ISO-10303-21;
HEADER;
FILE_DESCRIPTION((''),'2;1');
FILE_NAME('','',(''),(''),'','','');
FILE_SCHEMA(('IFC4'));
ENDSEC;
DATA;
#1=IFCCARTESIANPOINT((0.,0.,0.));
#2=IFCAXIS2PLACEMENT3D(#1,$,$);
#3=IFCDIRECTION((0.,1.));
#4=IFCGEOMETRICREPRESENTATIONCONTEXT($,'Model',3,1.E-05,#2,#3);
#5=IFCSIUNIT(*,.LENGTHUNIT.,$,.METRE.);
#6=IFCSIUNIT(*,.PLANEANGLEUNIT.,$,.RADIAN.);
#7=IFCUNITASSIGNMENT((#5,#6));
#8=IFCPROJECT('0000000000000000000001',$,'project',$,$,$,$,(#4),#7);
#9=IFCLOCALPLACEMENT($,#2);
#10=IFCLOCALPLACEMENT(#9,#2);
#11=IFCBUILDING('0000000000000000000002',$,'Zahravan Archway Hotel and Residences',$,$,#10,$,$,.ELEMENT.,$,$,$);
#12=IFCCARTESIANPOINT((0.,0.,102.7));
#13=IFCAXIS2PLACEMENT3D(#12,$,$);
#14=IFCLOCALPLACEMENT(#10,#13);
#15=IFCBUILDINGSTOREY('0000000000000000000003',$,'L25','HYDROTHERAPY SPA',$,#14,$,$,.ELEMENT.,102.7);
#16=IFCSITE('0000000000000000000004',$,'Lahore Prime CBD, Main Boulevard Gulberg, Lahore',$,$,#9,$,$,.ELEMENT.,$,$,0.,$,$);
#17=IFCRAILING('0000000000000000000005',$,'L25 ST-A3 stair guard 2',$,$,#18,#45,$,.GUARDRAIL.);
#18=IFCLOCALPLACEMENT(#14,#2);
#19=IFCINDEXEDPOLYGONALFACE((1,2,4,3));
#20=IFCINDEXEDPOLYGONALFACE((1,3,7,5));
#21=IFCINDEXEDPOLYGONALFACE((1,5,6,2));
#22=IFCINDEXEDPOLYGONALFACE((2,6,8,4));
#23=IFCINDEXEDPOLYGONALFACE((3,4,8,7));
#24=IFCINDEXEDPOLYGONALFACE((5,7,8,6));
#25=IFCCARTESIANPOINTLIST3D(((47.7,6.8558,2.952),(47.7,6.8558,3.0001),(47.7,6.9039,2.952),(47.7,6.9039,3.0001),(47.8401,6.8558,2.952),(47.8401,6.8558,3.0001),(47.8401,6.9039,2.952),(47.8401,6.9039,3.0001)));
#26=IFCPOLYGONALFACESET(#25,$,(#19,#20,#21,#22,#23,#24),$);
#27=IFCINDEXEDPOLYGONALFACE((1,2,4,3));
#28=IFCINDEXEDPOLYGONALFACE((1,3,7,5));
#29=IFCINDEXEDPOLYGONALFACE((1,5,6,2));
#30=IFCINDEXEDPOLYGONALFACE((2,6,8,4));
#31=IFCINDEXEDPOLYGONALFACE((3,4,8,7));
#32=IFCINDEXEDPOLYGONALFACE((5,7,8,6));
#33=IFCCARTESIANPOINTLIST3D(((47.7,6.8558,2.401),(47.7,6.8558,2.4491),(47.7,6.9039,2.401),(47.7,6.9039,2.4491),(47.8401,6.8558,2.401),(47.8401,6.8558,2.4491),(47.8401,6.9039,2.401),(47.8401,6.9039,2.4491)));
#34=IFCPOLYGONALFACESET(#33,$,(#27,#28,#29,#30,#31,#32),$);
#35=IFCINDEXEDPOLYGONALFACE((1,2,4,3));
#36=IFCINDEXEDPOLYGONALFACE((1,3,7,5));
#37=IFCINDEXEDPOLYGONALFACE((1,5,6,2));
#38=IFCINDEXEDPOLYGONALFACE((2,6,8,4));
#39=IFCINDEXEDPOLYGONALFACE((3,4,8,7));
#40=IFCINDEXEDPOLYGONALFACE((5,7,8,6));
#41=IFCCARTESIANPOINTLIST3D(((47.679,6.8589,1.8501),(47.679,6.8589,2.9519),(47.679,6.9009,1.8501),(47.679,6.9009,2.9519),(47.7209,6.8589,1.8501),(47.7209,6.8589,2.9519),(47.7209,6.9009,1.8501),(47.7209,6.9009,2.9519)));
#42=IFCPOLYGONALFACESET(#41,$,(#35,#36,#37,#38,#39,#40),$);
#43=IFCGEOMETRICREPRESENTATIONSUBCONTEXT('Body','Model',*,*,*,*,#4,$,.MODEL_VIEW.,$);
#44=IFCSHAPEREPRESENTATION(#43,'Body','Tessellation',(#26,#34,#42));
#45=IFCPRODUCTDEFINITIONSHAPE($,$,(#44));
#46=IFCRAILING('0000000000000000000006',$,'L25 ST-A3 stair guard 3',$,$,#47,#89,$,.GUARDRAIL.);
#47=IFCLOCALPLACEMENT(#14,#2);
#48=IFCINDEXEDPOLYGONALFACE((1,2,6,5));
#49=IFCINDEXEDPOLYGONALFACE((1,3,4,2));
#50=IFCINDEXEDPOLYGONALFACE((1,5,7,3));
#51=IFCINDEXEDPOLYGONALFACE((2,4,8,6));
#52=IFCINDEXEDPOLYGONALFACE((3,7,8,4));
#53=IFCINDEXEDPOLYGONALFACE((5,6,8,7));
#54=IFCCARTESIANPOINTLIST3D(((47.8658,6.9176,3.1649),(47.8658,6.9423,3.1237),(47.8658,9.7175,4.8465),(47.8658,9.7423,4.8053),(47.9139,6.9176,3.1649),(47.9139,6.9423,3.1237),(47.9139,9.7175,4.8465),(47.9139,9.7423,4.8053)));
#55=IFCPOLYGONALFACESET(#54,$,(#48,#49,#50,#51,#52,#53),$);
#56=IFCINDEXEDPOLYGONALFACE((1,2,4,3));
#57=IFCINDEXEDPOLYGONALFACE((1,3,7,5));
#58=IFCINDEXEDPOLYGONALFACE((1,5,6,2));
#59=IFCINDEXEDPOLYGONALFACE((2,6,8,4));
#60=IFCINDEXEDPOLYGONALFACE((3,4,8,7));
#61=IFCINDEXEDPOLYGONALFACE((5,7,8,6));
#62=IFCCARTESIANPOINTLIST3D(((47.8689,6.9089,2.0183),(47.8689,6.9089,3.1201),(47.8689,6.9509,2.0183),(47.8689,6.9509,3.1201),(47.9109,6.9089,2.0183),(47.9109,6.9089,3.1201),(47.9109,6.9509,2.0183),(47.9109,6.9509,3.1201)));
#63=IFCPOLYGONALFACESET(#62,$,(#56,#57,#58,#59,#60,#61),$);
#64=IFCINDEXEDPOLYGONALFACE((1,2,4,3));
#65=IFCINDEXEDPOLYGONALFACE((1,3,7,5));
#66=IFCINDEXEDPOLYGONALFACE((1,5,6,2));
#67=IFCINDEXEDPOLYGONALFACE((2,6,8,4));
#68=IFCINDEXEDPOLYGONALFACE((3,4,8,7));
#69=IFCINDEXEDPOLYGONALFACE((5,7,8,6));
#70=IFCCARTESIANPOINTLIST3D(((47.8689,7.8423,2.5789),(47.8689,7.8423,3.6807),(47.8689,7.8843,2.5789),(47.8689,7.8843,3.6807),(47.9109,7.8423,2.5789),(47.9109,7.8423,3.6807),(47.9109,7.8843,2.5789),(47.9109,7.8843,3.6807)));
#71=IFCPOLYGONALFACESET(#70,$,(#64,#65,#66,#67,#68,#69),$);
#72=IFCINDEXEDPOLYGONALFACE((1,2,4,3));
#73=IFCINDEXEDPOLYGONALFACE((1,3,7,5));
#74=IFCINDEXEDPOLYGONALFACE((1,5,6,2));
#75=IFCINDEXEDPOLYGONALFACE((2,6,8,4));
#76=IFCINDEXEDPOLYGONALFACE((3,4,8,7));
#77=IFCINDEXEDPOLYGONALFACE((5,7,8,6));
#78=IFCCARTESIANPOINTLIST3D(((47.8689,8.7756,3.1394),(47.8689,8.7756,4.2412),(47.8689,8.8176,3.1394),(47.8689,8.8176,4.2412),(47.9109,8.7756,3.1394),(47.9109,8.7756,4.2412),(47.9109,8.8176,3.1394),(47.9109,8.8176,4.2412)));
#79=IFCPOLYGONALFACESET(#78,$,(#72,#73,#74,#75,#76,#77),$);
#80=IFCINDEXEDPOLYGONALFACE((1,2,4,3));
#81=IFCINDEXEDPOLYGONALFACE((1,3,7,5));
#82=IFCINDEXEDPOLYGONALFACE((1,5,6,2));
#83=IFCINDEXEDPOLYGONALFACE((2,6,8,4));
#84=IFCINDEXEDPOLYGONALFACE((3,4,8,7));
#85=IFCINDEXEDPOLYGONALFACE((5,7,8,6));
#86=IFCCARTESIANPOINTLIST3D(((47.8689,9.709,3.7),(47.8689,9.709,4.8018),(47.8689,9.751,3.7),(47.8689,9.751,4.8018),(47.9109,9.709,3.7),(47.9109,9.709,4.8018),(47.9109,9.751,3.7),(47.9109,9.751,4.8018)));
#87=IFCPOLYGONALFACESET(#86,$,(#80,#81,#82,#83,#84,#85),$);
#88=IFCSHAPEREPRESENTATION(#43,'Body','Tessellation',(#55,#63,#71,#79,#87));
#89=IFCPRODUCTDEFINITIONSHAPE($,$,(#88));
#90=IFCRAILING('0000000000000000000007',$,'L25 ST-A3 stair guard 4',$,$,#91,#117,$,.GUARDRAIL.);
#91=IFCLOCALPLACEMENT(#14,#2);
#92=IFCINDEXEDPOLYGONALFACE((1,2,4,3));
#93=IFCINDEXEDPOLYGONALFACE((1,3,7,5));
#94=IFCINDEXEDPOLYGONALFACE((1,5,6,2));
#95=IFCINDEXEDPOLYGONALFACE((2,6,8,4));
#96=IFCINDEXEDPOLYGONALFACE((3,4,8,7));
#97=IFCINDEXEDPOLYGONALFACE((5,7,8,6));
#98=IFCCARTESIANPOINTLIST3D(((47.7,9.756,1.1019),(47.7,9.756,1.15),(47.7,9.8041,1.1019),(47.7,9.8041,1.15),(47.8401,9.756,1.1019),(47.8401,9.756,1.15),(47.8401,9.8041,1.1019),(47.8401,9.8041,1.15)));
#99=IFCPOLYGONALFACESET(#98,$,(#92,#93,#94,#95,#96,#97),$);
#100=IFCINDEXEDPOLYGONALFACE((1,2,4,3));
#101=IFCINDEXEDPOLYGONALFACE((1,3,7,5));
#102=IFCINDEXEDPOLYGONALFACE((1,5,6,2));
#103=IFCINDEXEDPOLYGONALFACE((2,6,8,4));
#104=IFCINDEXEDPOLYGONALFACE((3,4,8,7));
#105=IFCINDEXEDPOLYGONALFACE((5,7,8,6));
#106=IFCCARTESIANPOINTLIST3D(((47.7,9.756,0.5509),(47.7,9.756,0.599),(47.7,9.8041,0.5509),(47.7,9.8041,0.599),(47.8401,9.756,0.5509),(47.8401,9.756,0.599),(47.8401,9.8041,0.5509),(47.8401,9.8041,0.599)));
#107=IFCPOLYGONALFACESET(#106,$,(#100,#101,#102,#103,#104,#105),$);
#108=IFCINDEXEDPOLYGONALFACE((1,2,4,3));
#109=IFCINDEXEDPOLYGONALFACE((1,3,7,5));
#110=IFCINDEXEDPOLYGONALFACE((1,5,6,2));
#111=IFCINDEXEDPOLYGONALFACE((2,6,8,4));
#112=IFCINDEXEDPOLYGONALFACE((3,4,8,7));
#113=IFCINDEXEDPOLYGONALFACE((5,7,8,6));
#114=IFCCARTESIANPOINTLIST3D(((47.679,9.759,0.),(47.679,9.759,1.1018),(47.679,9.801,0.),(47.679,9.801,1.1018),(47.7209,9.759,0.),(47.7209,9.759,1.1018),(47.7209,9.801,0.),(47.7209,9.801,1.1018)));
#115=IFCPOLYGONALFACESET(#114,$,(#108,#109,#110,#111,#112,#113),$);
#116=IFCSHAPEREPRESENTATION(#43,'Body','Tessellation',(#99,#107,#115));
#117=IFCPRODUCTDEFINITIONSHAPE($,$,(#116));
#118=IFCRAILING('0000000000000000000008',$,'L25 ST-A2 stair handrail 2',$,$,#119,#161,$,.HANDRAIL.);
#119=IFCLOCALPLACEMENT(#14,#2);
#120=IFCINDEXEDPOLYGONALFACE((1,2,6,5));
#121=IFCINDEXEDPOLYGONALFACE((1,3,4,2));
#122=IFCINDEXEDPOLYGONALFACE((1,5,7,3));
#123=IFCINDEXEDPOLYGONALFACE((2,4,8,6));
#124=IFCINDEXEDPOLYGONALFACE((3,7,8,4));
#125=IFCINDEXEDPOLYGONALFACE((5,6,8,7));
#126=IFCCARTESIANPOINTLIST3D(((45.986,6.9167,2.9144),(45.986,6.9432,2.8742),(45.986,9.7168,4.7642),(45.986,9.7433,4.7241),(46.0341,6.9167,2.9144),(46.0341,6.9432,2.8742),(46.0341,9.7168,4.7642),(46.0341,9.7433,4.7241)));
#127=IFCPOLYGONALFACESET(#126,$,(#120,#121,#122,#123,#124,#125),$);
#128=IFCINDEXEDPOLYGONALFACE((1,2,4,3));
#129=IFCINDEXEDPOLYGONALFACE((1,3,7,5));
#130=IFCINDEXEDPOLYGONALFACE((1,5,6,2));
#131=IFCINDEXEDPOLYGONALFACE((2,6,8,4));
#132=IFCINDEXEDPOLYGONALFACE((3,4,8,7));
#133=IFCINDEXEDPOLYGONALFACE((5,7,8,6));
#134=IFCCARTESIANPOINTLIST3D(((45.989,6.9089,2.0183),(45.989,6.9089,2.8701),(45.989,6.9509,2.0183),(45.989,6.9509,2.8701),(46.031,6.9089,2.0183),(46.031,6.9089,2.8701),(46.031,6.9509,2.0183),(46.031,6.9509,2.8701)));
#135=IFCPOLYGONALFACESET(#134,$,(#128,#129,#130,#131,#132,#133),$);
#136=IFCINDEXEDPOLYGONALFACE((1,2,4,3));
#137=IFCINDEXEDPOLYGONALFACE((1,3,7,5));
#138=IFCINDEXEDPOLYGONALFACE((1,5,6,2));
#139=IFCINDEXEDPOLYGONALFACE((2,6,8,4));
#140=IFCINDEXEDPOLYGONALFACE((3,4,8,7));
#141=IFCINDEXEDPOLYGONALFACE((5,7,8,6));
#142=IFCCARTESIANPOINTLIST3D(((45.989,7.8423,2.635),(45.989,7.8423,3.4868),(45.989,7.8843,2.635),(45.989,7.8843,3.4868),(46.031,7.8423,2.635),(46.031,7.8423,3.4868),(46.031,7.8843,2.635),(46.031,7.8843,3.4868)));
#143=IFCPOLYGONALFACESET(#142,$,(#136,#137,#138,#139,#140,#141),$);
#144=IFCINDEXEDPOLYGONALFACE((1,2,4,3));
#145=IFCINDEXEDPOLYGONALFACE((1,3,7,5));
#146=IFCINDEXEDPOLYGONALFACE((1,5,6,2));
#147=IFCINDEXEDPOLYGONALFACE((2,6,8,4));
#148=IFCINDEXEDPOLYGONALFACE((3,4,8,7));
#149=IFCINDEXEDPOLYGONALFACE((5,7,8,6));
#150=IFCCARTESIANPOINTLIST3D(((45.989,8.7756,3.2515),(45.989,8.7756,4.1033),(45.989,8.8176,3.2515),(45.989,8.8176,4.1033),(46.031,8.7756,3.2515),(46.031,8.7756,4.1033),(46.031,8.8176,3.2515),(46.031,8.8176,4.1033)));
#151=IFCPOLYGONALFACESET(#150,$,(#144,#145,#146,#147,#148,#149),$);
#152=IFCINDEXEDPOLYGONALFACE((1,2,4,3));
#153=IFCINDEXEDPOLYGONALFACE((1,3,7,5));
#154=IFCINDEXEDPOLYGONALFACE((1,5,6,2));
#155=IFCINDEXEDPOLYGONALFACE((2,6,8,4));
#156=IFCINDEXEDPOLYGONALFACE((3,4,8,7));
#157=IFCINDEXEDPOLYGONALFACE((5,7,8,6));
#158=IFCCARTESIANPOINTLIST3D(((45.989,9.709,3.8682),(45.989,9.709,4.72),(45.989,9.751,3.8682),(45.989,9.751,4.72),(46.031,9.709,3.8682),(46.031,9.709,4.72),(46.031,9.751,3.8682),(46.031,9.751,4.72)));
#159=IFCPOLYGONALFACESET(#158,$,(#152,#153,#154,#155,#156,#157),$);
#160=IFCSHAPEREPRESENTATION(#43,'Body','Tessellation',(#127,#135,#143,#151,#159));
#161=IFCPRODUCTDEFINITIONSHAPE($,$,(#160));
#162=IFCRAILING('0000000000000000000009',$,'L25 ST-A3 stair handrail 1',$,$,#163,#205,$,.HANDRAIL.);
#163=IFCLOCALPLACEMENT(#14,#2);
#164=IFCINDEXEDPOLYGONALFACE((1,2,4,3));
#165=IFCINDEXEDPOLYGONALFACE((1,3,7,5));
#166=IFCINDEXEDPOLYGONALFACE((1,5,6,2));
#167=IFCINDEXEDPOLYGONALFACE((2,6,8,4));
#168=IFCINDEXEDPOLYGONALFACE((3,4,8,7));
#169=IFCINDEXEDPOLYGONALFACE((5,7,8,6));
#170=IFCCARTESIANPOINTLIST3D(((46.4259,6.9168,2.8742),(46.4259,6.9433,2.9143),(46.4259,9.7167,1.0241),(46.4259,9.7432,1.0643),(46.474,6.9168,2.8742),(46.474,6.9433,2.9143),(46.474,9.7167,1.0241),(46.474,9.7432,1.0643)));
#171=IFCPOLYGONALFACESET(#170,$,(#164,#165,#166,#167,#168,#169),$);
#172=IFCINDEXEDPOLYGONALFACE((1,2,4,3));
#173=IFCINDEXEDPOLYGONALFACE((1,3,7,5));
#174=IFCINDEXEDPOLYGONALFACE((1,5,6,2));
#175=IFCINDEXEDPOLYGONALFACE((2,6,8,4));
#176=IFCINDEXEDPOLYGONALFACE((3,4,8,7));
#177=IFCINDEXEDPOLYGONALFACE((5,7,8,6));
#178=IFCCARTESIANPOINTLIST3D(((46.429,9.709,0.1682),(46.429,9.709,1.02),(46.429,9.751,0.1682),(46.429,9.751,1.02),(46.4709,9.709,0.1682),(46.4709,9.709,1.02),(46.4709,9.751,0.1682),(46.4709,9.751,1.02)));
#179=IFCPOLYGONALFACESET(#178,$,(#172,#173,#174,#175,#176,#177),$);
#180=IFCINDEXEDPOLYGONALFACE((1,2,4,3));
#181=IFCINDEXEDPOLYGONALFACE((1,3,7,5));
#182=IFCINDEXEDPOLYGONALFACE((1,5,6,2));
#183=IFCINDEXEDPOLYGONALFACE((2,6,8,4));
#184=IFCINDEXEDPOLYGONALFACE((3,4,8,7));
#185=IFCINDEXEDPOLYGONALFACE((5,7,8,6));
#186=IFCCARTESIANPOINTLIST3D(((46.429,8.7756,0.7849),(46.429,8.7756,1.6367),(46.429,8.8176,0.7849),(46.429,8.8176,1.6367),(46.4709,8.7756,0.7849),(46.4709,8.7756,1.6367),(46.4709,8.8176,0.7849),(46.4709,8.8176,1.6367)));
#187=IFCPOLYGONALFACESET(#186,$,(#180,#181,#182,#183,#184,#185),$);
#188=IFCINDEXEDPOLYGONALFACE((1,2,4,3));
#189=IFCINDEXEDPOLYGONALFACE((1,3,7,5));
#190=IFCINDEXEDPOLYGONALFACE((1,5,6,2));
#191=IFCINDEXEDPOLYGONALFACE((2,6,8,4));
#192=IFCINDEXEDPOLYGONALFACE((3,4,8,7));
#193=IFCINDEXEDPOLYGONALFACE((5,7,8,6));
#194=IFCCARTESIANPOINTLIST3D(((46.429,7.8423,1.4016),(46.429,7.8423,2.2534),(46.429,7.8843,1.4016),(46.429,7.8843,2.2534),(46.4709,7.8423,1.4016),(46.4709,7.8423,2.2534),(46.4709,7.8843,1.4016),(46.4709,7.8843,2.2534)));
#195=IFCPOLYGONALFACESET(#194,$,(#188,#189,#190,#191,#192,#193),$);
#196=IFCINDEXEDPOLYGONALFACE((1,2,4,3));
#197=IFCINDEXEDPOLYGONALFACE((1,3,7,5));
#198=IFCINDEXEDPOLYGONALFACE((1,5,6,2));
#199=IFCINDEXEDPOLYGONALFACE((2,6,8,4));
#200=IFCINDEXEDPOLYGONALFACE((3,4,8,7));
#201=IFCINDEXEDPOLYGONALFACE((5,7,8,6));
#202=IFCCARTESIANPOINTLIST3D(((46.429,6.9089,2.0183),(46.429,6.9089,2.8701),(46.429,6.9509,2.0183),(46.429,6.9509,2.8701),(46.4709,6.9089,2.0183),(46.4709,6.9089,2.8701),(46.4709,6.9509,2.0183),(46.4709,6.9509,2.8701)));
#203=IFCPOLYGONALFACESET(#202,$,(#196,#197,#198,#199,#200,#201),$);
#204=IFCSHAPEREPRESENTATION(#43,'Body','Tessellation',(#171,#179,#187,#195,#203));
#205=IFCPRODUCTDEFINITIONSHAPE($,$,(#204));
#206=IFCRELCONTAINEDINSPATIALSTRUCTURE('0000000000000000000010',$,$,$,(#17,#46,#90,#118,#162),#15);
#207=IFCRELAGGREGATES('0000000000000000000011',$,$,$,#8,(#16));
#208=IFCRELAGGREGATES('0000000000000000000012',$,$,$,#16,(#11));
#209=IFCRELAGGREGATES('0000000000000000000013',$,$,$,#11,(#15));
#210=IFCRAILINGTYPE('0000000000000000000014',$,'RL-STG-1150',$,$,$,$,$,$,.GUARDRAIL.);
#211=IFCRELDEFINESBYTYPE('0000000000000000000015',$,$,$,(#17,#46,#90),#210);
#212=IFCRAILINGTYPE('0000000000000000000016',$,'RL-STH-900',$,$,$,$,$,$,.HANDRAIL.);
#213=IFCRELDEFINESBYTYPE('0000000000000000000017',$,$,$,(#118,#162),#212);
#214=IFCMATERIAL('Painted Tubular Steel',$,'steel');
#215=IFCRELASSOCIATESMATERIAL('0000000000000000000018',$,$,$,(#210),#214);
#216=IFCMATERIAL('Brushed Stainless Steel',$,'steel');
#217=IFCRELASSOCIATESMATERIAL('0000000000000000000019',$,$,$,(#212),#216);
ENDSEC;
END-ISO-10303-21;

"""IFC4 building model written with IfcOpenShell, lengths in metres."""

from ifc_helpers import new_model, si_unit, direction, frame, origin, origin_2d, place, context, subcontext, project, spatial, rectangle, extrude, material, type_object, element, save


model = new_model("IFC4")

# Units and contexts
model_context = context("Model", 3, precision=1e-05, world=origin(), true_north=direction((0.0, 1.0)))
body_context = subcontext(model_context, "Body", "Model", "MODEL_VIEW")
ifc_project = project(units=[si_unit("LENGTHUNIT", "METRE"), si_unit("PLANEANGLEUNIT", "RADIAN")], contexts=[model_context])

# Site, building, storey
site_placement = place(None, origin())
site = spatial("IfcSite", under=ifc_project, at=site_placement, Name="Lahore Prime CBD, Main Boulevard Gulberg, Lahore", CompositionType="ELEMENT", RefElevation=0.0)
building_placement = place(site_placement, origin())
building = spatial("IfcBuilding", under=site, at=building_placement, Name="Zahravan Archway Hotel and Residences", CompositionType="ELEMENT")
storey_placement = place(building_placement, frame((0.0, 0.0, 102.7)))
storey = spatial("IfcBuildingStorey", under=building, at=storey_placement, Name="L25", Description="HYDROTHERAPY SPA", CompositionType="ELEMENT", Elevation=102.7)

# Railings
ifc_material_1 = material(Name="Painted Tubular Steel", Category="steel")
railing_type_1 = type_object("IfcRailingType", Name="RL-STG-1150", PredefinedType="GUARDRAIL", material=ifc_material_1)
railing_1_placement = place(storey_placement, frame((47.7, 6.8799, 1.8501)))
element("IfcRailing", 1, at=railing_1_placement, inside=storey, type_object=railing_type_1, Name="L25 ST-A3 stair guard 2", PredefinedType="GUARDRAIL", context=body_context, shape_type="SweptSolid", body=[
    extrude(rectangle(XDim=0.0481, YDim=0.0481, at=origin_2d()), frame((0.0, 0.0, 1.126), z_axis=(1.0, 0.0, 0.0), x_axis=(0.0, 1.0, 0.0)), (0.0, 0.0, 1.0), 0.1401),
    extrude(rectangle(XDim=0.0481, YDim=0.0481, at=origin_2d()), frame((0.0, 0.0, 0.575), z_axis=(1.0, 0.0, 0.0), x_axis=(0.0, 1.0, 0.0)), (0.0, 0.0, 1.0), 0.1401),
    extrude(rectangle(XDim=0.042, YDim=0.042, at=origin_2d()), origin(), (0.0, 0.0, 1.0), 1.1018),
])
railing_2_placement = place(storey_placement, frame((47.8899, 6.9299, 2.0183)))
element("IfcRailing", 2, at=railing_2_placement, inside=storey, type_object=railing_type_1, Name="L25 ST-A3 stair guard 3", PredefinedType="GUARDRAIL", context=body_context, shape_type="SweptSolid", body=[
    extrude(rectangle(XDim=0.0481, YDim=0.0481, at=origin_2d()), frame((0.0, 0.0, 1.126), z_axis=(0.0, 0.857275, 0.514858), x_axis=(-1.0, 0.0, 0.0)), (0.0, 0.0, 1.0), 3.2661),
    extrude(rectangle(XDim=0.042, YDim=0.042, at=origin_2d()), origin(), (0.0, 0.0, 1.0), 1.1018),
    extrude(rectangle(XDim=0.042, YDim=0.042, at=origin_2d()), frame((0.0, 0.9333, 0.5605)), (0.0, 0.0, 1.0), 1.1018),
    extrude(rectangle(XDim=0.042, YDim=0.042, at=origin_2d()), frame((0.0, 1.8667, 1.1211)), (0.0, 0.0, 1.0), 1.1018),
    extrude(rectangle(XDim=0.042, YDim=0.042, at=origin_2d()), frame((0.0, 2.8, 1.6816)), (0.0, 0.0, 1.0), 1.1018),
])
railing_3_placement = place(storey_placement, frame((47.7, 9.78, 0.0)))
element("IfcRailing", 3, at=railing_3_placement, inside=storey, type_object=railing_type_1, Name="L25 ST-A3 stair guard 4", PredefinedType="GUARDRAIL", context=body_context, shape_type="SweptSolid", body=[
    extrude(rectangle(XDim=0.0481, YDim=0.0481, at=origin_2d()), frame((0.0, 0.0, 1.126), z_axis=(1.0, 0.0, 0.0), x_axis=(0.0, 1.0, 0.0)), (0.0, 0.0, 1.0), 0.1401),
    extrude(rectangle(XDim=0.0481, YDim=0.0481, at=origin_2d()), frame((0.0, 0.0, 0.575), z_axis=(1.0, 0.0, 0.0), x_axis=(0.0, 1.0, 0.0)), (0.0, 0.0, 1.0), 0.1401),
    extrude(rectangle(XDim=0.042, YDim=0.042, at=origin_2d()), origin(), (0.0, 0.0, 1.0), 1.1018),
])
ifc_material_2 = material(Name="Brushed Stainless Steel", Category="steel")
railing_type_2 = type_object("IfcRailingType", Name="RL-STH-900", PredefinedType="HANDRAIL", material=ifc_material_2)
railing_4_placement = place(storey_placement, frame((46.01, 6.9299, 2.0183)))
element("IfcRailing", 4, at=railing_4_placement, inside=storey, type_object=railing_type_2, Name="L25 ST-A2 stair handrail 2", PredefinedType="HANDRAIL", context=body_context, shape_type="SweptSolid", body=[
    extrude(rectangle(XDim=0.0481, YDim=0.0481, at=origin_2d()), frame((0.0, 0.0, 0.876), z_axis=(0.0, 0.83436, 0.55122), x_axis=(-1.0, 0.0, 0.0)), (0.0, 0.0, 1.0), 3.356),
    extrude(rectangle(XDim=0.042, YDim=0.042, at=origin_2d()), origin(), (0.0, 0.0, 1.0), 0.8518),
    extrude(rectangle(XDim=0.042, YDim=0.042, at=origin_2d()), frame((0.0, 0.9333, 0.6167)), (0.0, 0.0, 1.0), 0.8518),
    extrude(rectangle(XDim=0.042, YDim=0.042, at=origin_2d()), frame((0.0, 1.8667, 1.2332)), (0.0, 0.0, 1.0), 0.8518),
    extrude(rectangle(XDim=0.042, YDim=0.042, at=origin_2d()), frame((0.0, 2.8, 1.8499)), (0.0, 0.0, 1.0), 0.8518),
])
railing_5_placement = place(storey_placement, frame((46.45, 9.73, 0.1682)))
element("IfcRailing", 5, at=railing_5_placement, inside=storey, type_object=railing_type_2, Name="L25 ST-A3 stair handrail 1", PredefinedType="HANDRAIL", context=body_context, shape_type="SweptSolid", body=[
    extrude(rectangle(XDim=0.0481, YDim=0.0481, at=origin_2d()), frame((0.0, 0.0, 0.876), z_axis=(0.0, -0.834326, 0.551271), x_axis=(1.0, 0.0, 0.0)), (0.0, 0.0, 1.0), 3.356),
    extrude(rectangle(XDim=0.042, YDim=0.042, at=origin_2d()), origin(), (0.0, 0.0, 1.0), 0.8518),
    extrude(rectangle(XDim=0.042, YDim=0.042, at=origin_2d()), frame((0.0, -0.9333, 0.6167)), (0.0, 0.0, 1.0), 0.8518),
    extrude(rectangle(XDim=0.042, YDim=0.042, at=origin_2d()), frame((0.0, -1.8667, 1.2334)), (0.0, 0.0, 1.0), 0.8518),
    extrude(rectangle(XDim=0.042, YDim=0.042, at=origin_2d()), frame((0.0, -2.8, 1.8501)), (0.0, 0.0, 1.0), 0.8518),
])

save(model, "model.ifc")
